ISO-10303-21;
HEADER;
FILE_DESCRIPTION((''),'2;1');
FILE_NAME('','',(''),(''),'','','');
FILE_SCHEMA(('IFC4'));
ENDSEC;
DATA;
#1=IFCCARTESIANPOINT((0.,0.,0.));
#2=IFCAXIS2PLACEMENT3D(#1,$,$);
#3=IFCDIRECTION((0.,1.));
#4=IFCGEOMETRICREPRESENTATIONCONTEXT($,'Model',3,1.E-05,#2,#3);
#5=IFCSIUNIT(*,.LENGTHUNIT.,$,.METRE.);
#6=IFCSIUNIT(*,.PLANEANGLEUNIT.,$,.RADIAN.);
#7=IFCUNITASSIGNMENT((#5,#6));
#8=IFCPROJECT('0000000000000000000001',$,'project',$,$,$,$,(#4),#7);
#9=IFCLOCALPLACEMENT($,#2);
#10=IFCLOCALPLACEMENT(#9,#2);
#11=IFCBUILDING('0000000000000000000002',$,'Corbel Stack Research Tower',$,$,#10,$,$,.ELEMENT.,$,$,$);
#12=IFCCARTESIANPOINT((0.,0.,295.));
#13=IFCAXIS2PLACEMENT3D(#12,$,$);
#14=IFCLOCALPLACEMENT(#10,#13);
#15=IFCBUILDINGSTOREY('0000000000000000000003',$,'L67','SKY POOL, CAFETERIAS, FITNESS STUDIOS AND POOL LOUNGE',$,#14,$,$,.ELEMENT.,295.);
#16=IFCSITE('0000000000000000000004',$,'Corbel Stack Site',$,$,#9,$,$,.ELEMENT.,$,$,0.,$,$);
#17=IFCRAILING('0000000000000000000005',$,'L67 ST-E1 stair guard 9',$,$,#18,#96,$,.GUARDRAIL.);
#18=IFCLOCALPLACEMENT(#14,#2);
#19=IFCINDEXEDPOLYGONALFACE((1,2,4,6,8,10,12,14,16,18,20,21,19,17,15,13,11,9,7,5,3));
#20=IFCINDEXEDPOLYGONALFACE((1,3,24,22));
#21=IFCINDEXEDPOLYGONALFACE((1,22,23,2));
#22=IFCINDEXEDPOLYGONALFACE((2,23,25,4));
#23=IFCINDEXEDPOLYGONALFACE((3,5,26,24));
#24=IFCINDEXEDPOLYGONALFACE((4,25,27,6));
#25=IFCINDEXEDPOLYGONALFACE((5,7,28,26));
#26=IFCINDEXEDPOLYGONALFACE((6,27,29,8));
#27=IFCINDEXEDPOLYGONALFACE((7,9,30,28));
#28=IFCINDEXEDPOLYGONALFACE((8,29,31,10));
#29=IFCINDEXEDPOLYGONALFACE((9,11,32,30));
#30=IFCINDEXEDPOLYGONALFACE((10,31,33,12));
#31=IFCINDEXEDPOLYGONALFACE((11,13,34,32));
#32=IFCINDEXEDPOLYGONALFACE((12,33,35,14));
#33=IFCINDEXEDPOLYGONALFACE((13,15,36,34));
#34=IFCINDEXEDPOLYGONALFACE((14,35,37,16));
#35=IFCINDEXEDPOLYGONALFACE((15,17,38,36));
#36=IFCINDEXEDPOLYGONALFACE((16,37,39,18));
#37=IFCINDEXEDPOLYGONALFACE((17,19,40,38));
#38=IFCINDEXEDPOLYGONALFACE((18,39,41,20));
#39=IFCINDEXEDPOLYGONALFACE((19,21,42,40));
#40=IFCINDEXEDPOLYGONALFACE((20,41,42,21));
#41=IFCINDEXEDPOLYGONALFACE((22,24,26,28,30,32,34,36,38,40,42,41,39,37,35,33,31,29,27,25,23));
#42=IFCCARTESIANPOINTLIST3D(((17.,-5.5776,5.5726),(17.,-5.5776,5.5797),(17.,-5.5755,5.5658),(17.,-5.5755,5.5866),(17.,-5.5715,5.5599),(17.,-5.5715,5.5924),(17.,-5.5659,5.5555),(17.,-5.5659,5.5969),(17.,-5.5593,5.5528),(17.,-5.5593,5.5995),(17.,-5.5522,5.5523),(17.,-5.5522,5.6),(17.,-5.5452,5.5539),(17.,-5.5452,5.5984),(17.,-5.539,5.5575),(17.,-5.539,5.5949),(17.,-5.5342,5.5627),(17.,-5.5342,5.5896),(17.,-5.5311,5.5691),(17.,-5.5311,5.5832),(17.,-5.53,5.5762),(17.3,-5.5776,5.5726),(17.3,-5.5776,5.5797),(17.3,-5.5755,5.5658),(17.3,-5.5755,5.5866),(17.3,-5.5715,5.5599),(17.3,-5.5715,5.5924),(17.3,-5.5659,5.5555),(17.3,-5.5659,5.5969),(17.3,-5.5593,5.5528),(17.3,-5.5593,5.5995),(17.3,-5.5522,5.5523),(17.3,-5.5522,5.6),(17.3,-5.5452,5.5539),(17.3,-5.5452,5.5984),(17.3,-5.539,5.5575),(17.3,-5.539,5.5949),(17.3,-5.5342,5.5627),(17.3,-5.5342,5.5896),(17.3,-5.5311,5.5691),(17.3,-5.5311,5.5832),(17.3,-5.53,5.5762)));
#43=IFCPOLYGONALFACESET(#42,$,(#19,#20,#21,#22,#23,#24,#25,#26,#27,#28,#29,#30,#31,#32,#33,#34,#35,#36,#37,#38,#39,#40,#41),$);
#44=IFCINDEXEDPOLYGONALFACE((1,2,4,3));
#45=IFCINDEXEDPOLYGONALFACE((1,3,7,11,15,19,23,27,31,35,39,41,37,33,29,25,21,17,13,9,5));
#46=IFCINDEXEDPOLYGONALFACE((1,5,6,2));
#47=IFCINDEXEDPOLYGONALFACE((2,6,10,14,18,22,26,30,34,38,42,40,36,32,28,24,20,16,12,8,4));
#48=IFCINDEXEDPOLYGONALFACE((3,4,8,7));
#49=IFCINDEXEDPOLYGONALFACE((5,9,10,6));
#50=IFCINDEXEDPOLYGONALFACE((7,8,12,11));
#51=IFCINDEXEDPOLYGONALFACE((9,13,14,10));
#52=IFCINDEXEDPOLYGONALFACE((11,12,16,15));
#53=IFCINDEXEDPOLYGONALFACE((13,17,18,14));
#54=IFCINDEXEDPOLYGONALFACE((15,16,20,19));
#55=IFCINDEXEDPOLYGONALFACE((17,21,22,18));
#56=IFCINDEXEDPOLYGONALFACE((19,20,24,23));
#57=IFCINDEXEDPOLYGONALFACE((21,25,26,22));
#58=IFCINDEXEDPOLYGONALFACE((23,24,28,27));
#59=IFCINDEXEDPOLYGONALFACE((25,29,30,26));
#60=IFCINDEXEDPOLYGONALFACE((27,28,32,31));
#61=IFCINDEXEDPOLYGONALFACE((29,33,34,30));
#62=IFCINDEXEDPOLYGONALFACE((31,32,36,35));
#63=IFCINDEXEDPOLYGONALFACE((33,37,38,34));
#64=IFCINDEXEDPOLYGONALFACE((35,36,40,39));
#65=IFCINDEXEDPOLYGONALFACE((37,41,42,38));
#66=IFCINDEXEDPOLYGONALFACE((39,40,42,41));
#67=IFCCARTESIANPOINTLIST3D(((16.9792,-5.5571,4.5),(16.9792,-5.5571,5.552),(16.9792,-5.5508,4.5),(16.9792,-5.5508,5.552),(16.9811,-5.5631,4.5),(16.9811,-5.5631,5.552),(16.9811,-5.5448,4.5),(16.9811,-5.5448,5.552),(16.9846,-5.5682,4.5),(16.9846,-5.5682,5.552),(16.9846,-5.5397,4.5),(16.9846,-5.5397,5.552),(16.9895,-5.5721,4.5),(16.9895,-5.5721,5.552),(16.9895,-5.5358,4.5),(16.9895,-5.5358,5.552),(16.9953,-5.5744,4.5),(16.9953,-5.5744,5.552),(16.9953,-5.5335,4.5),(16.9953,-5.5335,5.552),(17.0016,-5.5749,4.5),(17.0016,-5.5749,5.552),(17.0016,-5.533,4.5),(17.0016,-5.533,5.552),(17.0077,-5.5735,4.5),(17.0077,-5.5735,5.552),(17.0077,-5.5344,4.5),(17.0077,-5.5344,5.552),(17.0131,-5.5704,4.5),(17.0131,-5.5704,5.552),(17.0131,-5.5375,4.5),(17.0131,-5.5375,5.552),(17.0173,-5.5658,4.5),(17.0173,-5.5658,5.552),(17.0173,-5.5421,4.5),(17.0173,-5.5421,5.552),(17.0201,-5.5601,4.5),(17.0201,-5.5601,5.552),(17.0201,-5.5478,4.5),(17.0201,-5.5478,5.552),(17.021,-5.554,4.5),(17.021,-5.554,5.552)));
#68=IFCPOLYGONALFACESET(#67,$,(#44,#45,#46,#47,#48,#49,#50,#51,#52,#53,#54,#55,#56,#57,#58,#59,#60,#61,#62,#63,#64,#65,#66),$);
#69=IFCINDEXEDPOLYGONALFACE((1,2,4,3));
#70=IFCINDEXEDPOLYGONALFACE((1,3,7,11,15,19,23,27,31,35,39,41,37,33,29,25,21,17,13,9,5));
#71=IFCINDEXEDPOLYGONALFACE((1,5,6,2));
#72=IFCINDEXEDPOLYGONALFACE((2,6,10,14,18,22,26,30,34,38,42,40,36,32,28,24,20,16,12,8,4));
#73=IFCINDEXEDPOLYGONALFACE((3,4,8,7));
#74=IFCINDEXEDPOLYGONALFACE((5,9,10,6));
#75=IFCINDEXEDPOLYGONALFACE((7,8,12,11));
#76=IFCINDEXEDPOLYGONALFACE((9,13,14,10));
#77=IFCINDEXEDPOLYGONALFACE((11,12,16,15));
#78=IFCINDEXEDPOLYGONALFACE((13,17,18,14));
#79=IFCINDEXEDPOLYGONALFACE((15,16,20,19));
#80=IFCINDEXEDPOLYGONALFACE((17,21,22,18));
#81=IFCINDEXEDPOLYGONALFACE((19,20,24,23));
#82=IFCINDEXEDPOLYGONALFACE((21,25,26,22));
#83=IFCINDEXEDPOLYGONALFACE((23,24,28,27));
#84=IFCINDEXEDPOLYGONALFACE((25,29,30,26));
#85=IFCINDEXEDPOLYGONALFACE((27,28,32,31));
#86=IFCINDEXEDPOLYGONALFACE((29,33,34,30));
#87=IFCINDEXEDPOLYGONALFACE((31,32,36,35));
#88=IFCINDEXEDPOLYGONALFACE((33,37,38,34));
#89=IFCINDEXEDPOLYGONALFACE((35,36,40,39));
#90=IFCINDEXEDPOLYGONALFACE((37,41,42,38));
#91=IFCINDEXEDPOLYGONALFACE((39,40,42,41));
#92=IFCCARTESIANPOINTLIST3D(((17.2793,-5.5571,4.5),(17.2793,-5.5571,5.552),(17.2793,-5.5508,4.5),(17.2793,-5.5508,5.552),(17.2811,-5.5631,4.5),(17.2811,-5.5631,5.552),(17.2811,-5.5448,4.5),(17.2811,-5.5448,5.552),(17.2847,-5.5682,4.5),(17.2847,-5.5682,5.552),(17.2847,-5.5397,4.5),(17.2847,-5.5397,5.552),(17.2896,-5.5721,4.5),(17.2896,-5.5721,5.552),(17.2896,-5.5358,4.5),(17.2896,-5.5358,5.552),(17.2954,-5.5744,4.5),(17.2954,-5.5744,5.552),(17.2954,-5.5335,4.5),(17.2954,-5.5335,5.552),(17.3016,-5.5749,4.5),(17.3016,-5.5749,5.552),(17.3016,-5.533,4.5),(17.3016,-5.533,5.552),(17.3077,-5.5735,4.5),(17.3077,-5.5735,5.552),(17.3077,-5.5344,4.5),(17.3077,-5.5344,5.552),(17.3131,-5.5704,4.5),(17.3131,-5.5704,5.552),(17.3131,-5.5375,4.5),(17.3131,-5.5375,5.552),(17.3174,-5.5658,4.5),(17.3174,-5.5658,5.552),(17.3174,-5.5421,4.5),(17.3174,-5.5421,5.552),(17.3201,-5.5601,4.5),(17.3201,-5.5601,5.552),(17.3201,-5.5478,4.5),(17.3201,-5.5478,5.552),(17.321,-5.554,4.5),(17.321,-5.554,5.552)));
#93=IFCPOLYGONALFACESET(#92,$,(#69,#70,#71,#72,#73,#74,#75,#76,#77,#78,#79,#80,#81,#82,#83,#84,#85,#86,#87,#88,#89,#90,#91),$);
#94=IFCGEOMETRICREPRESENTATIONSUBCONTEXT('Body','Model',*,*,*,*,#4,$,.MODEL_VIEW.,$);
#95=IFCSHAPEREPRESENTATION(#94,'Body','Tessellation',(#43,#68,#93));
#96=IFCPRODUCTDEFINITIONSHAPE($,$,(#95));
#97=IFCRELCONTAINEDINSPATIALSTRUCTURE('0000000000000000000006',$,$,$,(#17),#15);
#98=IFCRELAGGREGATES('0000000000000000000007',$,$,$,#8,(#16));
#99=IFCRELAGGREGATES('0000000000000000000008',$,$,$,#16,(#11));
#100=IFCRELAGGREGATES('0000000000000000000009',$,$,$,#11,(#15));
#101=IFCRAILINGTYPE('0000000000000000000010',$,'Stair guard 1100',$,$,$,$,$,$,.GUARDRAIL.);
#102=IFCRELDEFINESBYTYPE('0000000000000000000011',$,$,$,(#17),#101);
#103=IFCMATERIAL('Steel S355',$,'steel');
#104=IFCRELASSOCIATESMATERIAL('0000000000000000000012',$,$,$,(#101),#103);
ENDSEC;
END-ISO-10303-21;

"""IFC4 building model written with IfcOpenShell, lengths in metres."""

from ifc_helpers import new_model, si_unit, direction, frame, origin, origin_2d, place, context, subcontext, project, spatial, circle, extrude, material, type_object, element, save


model = new_model("IFC4")

# Units and contexts
model_context = context("Model", 3, precision=1e-05, world=origin(), true_north=direction((0.0, 1.0)))
body_context = subcontext(model_context, "Body", "Model", "MODEL_VIEW")
ifc_project = project(units=[si_unit("LENGTHUNIT", "METRE"), si_unit("PLANEANGLEUNIT", "RADIAN")], contexts=[model_context])

# Site, building, storey
site_placement = place(None, origin())
site = spatial("IfcSite", under=ifc_project, at=site_placement, Name="Corbel Stack Site", CompositionType="ELEMENT", RefElevation=0.0)
building_placement = place(site_placement, origin())
building = spatial("IfcBuilding", under=site, at=building_placement, Name="Corbel Stack Research Tower", CompositionType="ELEMENT")
storey_placement = place(building_placement, frame((0.0, 0.0, 295.0)))
storey = spatial("IfcBuildingStorey", under=building, at=storey_placement, Name="L67", Description="SKY POOL, CAFETERIAS, FITNESS STUDIOS AND POOL LOUNGE", CompositionType="ELEMENT", Elevation=295.0)

# Railing
ifc_material_1 = material(Name="Steel S355", Category="steel")
railing_type_1 = type_object("IfcRailingType", Name="Stair guard 1100", PredefinedType="GUARDRAIL", material=ifc_material_1)
for number, where, name in (
    (1, (17.0, -5.554, 4.5), "L67 ST-E1 stair guard 9"),
):
    element("IfcRailing", number, at=place(storey_placement, frame(where)), inside=storey, type_object=railing_type_1, Name=name, PredefinedType="GUARDRAIL", context=body_context, shape_type="SweptSolid", body=[
        extrude(circle(Radius=0.0239, at=origin_2d()), frame((0.0, 0.0, 1.0762), z_axis=(1.0, 0.0, 0.0), x_axis=(0.0, 1.0, 0.0)), (0.0, 0.0, 1.0), 0.3),
        extrude(circle(Radius=0.021, at=origin_2d()), origin(), (0.0, 0.0, 1.0), 1.052),
        extrude(circle(Radius=0.021, at=origin_2d()), frame((0.3, 0.0, 0.0)), (0.0, 0.0, 1.0), 1.052),
    ])

save(model, "model.ifc")
